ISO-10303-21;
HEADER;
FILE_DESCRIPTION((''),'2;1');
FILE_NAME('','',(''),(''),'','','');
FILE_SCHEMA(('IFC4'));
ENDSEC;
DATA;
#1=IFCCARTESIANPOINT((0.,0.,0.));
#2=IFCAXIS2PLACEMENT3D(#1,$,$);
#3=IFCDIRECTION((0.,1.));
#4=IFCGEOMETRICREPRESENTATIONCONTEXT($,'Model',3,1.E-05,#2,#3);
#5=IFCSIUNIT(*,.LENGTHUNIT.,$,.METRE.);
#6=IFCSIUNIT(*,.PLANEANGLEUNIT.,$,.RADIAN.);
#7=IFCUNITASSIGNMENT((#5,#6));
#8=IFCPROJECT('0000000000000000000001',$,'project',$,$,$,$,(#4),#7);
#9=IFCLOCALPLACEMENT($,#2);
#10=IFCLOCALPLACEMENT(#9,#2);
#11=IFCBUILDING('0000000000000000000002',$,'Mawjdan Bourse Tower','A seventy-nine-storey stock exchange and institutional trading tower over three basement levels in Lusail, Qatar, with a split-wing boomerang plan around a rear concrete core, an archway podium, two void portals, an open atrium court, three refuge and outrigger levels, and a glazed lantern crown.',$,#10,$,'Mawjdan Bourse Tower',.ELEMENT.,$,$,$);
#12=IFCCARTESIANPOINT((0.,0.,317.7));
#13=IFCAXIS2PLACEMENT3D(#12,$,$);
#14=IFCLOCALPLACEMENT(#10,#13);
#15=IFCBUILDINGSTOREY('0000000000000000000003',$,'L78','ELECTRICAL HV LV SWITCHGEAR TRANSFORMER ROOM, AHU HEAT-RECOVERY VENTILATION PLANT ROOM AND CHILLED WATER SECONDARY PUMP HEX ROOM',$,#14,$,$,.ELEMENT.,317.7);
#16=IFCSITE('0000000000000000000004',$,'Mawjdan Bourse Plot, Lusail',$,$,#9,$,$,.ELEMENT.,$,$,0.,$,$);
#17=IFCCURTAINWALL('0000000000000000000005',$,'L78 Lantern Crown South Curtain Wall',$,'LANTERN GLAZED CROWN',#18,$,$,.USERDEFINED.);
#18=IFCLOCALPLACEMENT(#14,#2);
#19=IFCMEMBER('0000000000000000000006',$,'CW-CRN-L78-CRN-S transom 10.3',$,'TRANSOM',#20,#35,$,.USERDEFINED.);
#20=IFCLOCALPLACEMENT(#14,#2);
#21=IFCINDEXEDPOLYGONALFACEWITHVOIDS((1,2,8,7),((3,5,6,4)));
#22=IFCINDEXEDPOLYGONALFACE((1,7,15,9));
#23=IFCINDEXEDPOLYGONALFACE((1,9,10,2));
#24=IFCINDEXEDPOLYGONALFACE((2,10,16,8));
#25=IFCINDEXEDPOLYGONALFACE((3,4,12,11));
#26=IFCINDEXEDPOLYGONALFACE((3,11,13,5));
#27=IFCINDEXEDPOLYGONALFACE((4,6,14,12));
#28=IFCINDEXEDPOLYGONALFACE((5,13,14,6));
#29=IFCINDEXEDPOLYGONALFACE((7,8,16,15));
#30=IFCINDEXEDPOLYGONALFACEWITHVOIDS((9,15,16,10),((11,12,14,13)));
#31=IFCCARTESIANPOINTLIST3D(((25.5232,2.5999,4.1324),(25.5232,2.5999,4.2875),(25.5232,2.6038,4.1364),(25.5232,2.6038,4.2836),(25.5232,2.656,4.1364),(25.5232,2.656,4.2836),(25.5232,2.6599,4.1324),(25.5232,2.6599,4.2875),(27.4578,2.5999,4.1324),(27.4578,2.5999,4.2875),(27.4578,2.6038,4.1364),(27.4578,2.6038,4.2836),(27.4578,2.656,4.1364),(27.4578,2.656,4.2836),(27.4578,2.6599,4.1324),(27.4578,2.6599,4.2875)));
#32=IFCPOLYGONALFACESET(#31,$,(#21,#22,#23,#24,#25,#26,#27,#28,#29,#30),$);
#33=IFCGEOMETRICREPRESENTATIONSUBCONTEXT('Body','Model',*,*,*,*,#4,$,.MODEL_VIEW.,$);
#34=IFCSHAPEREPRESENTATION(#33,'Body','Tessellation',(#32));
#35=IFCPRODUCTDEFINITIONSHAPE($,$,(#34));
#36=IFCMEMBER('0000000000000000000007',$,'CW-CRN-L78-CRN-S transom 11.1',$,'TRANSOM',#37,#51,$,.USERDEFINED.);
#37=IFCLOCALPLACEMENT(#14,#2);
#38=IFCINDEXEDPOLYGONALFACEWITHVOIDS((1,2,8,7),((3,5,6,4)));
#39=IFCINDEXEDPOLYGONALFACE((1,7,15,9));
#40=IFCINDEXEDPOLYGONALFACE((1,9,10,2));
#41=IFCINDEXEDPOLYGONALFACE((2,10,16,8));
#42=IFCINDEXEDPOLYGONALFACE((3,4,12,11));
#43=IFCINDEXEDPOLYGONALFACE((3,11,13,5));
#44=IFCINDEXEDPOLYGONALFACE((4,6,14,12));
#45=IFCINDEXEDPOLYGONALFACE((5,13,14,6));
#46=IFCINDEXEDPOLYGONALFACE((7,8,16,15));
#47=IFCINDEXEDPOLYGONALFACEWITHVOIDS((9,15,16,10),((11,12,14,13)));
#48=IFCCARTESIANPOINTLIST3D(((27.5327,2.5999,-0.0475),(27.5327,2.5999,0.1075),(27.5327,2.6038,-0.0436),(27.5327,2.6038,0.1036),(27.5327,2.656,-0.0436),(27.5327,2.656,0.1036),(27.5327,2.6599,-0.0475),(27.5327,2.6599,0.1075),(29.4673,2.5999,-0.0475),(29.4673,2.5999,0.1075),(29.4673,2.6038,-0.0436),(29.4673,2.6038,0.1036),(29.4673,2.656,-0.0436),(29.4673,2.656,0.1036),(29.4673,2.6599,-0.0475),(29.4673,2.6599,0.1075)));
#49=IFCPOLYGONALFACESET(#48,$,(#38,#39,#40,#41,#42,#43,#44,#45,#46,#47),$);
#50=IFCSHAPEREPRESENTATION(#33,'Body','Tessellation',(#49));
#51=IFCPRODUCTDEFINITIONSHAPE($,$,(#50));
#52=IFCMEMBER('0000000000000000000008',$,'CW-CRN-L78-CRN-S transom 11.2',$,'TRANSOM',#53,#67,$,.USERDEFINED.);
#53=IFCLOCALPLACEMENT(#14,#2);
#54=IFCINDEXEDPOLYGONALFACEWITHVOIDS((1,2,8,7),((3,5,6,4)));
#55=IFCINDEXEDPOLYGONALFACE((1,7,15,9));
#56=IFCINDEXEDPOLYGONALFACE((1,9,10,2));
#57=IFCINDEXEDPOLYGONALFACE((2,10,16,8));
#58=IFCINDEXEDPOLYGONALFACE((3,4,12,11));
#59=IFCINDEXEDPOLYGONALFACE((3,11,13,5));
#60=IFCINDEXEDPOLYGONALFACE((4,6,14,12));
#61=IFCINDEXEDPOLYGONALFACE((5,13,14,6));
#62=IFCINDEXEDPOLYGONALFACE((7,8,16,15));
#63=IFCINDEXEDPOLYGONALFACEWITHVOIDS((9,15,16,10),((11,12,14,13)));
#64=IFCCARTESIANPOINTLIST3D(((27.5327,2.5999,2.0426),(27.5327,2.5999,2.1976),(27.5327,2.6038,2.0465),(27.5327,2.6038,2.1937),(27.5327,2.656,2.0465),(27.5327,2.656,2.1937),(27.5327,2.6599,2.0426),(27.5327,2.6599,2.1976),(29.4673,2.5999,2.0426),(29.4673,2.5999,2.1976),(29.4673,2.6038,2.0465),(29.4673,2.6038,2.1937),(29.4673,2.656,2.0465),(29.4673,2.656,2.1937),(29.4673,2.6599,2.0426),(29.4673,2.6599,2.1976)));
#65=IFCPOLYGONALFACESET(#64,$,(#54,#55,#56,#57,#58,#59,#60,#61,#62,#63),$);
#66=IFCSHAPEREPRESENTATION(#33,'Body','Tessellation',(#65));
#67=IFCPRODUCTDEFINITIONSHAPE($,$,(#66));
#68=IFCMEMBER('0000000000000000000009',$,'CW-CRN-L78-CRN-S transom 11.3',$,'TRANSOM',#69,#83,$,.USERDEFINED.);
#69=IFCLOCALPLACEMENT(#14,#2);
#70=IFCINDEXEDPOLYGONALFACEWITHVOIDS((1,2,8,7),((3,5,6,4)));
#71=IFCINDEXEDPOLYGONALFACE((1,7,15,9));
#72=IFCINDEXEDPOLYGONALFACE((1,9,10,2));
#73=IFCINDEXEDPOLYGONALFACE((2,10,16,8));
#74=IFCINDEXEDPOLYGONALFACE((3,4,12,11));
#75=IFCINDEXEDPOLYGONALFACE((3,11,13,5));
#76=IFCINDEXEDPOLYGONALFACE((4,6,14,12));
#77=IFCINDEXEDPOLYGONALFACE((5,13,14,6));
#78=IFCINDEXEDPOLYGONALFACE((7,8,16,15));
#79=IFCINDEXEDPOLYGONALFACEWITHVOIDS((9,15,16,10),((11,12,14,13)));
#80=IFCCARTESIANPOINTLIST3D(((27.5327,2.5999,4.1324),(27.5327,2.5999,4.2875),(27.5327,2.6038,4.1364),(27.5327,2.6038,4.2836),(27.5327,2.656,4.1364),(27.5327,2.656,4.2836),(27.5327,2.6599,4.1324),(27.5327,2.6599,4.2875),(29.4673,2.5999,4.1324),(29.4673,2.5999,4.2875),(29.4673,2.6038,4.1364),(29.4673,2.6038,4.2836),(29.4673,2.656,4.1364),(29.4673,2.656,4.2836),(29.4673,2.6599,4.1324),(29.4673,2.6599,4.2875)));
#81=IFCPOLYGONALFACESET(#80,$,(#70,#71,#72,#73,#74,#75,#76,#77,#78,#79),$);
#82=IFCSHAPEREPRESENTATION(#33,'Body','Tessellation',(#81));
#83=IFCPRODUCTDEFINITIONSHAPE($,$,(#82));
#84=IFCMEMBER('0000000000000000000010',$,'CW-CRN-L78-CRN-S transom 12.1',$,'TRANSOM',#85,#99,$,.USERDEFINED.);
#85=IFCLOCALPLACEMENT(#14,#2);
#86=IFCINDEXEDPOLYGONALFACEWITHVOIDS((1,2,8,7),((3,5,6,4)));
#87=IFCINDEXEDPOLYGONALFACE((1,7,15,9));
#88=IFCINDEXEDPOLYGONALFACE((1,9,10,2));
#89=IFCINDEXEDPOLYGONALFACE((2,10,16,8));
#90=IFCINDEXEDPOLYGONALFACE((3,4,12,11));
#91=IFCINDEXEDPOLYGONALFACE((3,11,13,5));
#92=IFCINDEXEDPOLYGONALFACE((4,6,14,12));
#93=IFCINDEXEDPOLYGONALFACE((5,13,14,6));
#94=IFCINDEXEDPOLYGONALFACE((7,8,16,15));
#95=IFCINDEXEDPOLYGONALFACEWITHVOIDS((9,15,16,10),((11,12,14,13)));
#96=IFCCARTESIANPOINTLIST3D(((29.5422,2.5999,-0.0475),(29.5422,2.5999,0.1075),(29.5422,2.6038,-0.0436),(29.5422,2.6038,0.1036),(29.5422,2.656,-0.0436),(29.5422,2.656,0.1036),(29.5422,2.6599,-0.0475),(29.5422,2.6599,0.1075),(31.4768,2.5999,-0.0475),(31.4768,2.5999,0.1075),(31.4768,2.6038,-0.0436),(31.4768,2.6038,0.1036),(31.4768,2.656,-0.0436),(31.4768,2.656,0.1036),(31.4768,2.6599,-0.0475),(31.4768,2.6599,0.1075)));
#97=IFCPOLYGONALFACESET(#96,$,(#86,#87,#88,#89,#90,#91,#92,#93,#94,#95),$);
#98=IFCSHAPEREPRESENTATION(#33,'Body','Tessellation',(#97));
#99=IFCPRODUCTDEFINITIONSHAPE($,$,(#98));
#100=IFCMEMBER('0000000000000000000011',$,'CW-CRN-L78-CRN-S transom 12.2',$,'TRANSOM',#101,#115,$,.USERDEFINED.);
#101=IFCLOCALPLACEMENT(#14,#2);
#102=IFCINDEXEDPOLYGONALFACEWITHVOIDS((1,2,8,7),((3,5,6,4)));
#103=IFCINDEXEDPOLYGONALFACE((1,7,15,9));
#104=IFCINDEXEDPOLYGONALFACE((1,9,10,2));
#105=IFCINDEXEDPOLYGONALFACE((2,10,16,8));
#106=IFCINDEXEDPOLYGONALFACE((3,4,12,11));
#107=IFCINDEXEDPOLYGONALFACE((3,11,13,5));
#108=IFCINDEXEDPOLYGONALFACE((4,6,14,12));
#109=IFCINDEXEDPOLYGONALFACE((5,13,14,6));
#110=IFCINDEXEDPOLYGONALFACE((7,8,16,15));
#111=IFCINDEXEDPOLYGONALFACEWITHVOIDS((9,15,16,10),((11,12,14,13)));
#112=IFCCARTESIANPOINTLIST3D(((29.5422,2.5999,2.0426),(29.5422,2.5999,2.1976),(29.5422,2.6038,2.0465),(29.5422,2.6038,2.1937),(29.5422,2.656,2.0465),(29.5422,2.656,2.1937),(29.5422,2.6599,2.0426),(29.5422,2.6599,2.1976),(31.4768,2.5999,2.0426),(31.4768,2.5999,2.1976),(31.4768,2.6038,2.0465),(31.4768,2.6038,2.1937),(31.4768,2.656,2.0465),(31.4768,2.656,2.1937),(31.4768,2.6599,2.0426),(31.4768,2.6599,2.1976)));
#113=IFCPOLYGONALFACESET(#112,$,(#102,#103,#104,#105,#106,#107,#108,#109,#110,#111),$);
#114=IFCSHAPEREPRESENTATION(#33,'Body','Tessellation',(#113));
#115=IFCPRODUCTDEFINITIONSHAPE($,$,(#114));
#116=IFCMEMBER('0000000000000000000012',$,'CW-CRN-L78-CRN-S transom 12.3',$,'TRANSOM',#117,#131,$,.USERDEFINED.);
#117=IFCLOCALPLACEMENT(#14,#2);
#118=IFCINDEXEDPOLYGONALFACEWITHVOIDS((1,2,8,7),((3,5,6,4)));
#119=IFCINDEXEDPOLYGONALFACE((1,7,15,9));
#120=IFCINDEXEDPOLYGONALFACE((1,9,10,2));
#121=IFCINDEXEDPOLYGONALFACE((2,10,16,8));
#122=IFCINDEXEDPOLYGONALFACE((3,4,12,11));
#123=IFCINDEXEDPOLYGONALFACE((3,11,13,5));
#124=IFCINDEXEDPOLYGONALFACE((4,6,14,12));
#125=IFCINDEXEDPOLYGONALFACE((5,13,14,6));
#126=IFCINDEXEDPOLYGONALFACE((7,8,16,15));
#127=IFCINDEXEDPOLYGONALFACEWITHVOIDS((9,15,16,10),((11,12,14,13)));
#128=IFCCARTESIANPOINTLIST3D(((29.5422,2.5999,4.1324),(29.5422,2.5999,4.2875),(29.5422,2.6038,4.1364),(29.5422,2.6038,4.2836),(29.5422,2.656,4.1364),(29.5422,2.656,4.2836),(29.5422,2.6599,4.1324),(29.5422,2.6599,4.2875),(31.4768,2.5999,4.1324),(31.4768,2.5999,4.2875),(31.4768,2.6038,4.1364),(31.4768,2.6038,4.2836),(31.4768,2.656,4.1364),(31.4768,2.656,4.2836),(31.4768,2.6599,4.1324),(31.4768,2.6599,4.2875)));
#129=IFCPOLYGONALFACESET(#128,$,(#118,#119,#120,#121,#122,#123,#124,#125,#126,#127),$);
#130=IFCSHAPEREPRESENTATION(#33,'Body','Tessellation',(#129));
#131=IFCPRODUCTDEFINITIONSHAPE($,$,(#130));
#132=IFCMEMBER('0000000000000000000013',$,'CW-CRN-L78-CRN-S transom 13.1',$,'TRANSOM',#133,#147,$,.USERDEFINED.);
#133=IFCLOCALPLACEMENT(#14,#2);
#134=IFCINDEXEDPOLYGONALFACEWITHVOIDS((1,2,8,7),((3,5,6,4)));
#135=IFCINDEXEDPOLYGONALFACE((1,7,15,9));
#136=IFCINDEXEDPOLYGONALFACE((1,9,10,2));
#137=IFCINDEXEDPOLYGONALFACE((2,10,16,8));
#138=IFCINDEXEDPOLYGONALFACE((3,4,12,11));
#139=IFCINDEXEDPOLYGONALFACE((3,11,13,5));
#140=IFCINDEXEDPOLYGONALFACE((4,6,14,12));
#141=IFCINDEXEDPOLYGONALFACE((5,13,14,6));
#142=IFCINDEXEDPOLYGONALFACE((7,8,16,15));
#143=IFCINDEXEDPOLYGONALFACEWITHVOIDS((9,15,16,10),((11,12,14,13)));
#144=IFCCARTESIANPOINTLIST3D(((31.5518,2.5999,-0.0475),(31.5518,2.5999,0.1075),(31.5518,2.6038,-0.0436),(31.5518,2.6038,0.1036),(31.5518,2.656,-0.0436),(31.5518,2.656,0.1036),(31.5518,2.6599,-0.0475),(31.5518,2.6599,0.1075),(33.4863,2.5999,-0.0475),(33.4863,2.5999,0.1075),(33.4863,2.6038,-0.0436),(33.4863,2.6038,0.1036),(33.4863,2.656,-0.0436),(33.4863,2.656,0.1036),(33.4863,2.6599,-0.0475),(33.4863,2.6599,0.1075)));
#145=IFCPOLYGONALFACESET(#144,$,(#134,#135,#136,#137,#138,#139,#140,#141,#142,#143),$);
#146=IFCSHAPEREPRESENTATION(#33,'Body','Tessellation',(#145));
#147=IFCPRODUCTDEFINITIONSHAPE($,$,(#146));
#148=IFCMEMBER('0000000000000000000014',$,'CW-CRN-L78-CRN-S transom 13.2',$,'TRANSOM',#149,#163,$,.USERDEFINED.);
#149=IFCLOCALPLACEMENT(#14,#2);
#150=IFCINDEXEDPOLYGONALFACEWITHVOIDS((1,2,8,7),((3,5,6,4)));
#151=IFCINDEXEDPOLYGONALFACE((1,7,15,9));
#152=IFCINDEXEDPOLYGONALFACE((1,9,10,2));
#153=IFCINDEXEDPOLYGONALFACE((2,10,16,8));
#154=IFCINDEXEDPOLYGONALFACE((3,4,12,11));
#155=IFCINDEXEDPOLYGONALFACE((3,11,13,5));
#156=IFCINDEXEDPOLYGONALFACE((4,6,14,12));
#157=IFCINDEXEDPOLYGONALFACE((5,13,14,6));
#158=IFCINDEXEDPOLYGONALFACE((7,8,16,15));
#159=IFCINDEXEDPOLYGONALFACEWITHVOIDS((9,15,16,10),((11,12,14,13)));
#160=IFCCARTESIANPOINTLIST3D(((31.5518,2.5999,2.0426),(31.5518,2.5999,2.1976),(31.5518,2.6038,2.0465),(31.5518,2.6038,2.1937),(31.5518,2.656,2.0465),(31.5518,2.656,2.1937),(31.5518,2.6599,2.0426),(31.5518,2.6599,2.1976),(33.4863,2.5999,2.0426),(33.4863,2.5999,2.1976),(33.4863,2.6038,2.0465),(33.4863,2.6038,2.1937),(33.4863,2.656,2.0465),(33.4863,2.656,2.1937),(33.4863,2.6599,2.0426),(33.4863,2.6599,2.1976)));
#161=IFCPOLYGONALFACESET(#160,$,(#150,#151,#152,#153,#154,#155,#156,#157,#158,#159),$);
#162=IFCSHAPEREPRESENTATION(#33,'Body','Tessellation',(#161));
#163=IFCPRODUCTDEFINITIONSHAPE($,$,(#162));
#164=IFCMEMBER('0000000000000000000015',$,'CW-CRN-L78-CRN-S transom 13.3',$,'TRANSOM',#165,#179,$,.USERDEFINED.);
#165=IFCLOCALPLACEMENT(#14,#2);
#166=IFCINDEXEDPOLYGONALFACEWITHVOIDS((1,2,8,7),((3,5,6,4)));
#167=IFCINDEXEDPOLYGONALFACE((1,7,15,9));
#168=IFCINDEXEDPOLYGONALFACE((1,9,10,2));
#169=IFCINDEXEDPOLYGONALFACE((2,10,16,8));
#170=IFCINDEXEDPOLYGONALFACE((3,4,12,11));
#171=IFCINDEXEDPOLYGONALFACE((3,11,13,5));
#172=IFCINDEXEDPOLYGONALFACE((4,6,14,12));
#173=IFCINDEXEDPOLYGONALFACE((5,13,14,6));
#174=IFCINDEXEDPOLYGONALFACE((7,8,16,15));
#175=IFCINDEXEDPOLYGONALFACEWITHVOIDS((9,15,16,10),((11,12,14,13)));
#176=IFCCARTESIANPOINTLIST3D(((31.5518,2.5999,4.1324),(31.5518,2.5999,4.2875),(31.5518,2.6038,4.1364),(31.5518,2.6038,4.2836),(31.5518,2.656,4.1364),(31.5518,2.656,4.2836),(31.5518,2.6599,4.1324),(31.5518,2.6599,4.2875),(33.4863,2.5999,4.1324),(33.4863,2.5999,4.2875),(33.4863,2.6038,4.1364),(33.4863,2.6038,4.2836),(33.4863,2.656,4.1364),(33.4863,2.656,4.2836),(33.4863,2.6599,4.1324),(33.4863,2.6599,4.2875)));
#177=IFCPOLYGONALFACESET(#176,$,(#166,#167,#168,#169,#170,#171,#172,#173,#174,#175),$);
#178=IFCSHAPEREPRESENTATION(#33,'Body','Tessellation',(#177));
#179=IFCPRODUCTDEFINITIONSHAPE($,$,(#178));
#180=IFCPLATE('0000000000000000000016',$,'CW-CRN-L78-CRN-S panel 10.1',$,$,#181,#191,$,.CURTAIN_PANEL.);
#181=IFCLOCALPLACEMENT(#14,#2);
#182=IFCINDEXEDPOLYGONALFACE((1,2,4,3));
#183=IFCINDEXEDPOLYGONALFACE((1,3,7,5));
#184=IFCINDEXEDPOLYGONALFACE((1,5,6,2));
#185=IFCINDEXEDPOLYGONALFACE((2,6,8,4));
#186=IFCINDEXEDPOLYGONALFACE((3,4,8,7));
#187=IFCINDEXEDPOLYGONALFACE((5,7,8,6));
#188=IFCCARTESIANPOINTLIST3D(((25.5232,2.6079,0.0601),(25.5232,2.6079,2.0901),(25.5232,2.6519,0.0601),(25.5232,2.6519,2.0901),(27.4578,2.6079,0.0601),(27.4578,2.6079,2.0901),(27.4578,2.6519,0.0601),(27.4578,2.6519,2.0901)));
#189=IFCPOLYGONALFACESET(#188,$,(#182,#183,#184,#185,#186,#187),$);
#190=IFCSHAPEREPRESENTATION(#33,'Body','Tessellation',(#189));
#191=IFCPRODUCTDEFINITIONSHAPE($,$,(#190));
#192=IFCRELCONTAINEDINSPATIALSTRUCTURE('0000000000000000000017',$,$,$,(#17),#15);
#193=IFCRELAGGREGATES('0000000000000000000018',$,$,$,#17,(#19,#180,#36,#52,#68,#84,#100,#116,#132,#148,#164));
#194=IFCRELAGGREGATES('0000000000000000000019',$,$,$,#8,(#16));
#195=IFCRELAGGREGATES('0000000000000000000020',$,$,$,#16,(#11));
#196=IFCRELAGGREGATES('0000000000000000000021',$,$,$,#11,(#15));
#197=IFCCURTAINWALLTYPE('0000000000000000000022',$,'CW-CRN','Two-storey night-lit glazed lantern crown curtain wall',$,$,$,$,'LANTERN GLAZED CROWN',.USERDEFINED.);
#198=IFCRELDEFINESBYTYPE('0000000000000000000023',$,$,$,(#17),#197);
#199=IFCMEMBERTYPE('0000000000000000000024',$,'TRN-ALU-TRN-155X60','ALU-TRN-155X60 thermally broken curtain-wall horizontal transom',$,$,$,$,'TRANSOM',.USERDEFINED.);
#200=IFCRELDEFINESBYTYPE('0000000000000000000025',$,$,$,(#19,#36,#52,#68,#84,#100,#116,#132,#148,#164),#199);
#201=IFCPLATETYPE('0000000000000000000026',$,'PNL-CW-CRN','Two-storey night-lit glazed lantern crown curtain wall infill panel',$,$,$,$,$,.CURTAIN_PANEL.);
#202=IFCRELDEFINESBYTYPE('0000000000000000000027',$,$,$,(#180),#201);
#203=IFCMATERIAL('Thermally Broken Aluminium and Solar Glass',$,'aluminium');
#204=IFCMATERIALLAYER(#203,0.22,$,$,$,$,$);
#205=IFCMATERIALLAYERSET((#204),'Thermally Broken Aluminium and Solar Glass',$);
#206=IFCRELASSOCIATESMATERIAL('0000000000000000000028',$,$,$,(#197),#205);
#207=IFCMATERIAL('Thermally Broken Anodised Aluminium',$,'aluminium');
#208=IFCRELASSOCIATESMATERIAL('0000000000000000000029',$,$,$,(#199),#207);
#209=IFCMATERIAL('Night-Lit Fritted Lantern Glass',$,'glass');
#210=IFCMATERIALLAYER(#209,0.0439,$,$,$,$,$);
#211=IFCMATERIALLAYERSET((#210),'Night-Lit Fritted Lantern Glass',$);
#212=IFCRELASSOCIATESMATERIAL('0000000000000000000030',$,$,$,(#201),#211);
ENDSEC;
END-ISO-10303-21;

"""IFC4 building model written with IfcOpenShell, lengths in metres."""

from ifc_helpers import new_model, si_unit, direction, frame, origin, origin_2d, place, context, subcontext, project, spatial, rectangle, hollow_rectangle, extrude, material, layer, layer_set, material_profile, profile_set, type_object, element, aggregate, save


model = new_model("IFC4")

# Units and contexts
model_context = context("Model", 3, precision=1e-05, world=origin(), true_north=direction((0.0, 1.0)))
body_context = subcontext(model_context, "Body", "Model", "MODEL_VIEW")
ifc_project = project(units=[si_unit("LENGTHUNIT", "METRE"), si_unit("PLANEANGLEUNIT", "RADIAN")], contexts=[model_context])

# Site, building, storey
site_placement = place(None, origin())
site = spatial("IfcSite", under=ifc_project, at=site_placement, Name="Mawjdan Bourse Plot, Lusail", CompositionType="ELEMENT", RefElevation=0.0)
building_placement = place(site_placement, origin())
building = spatial("IfcBuilding", under=site, at=building_placement, Name="Mawjdan Bourse Tower", Description="A seventy-nine-storey stock exchange and institutional trading tower over three basement levels in Lusail, Qatar, with a split-wing boomerang plan around a rear concrete core, an archway podium, two void portals, an open atrium court, three refuge and outrigger levels, and a glazed lantern crown.", LongName="Mawjdan Bourse Tower", CompositionType="ELEMENT")
storey_placement = place(building_placement, frame((0.0, 0.0, 317.7)))
storey = spatial("IfcBuildingStorey", under=building, at=storey_placement, Name="L78", Description="ELECTRICAL HV LV SWITCHGEAR TRANSFORMER ROOM, AHU HEAT-RECOVERY VENTILATION PLANT ROOM AND CHILLED WATER SECONDARY PUMP HEX ROOM", CompositionType="ELEMENT", Elevation=317.7)

# Curtain wall
ifc_material_1 = material(Name="Thermally Broken Aluminium and Solar Glass", Category="aluminium")
ifc_layer_1 = layer(ifc_material_1, 0.22)
ifc_layer_set_1 = layer_set([ifc_layer_1], Name="Thermally Broken Aluminium and Solar Glass")
curtain_wall_type = type_object("IfcCurtainWallType", Name="CW-CRN", Description="Two-storey night-lit glazed lantern crown curtain wall", ElementType="LANTERN GLAZED CROWN", PredefinedType="USERDEFINED", material=ifc_layer_set_1)
curtain_wall_placement = place(storey_placement, origin())
curtain_wall = element("IfcCurtainWall", 1, at=curtain_wall_placement, inside=storey, type_object=curtain_wall_type, Name="L78 Lantern Crown South Curtain Wall", ObjectType="LANTERN GLAZED CROWN", PredefinedType="USERDEFINED")
ifc_material_2 = material(Name="Thermally Broken Anodised Aluminium", Category="aluminium")

# Members
ifc_material_profile_1 = material_profile(ifc_material_2, hollow_rectangle(XDim=0.0601, YDim=0.155, WallThickness=0.0039, at=origin_2d()), Name="ALU-TRN-155X60")
ifc_profile_set_1 = profile_set([ifc_material_profile_1], Name="Thermally Broken Anodised Aluminium")
member_type_1 = type_object("IfcMemberType", Name="TRN-ALU-TRN-155X60", Description="ALU-TRN-155X60 thermally broken curtain-wall horizontal transom", ElementType="TRANSOM", PredefinedType="USERDEFINED", material=ifc_profile_set_1)
member_1_placement = place(storey_placement, frame((25.5232, 2.6299, 4.21), z_axis=(1.0, 0.0, 0.0), x_axis=(0.0, 1.0, 0.0)))
member_1 = element("IfcMember", 2, at=member_1_placement, type_object=member_type_1, Name="CW-CRN-L78-CRN-S transom 10.3", ObjectType="TRANSOM", PredefinedType="USERDEFINED", context=body_context, shape_type="SweptSolid", body=[
    extrude(hollow_rectangle(XDim=0.0601, YDim=0.155, WallThickness=0.0039, at=origin_2d()), origin(), (0.0, 0.0, 1.0), 1.9346),
])
member_2_placement = place(storey_placement, frame((27.5327, 2.6299, 0.03), z_axis=(1.0, 0.0, 0.0), x_axis=(0.0, 1.0, 0.0)))
member_2 = element("IfcMember", 3, at=member_2_placement, type_object=member_type_1, Name="CW-CRN-L78-CRN-S transom 11.1", ObjectType="TRANSOM", PredefinedType="USERDEFINED", context=body_context, shape_type="SweptSolid", body=[
    extrude(hollow_rectangle(XDim=0.0601, YDim=0.155, WallThickness=0.0039, at=origin_2d()), origin(), (0.0, 0.0, 1.0), 1.9346),
])
member_3_placement = place(storey_placement, frame((27.5327, 2.6299, 2.1201), z_axis=(1.0, 0.0, 0.0), x_axis=(0.0, 1.0, 0.0)))
member_3 = element("IfcMember", 4, at=member_3_placement, type_object=member_type_1, Name="CW-CRN-L78-CRN-S transom 11.2", ObjectType="TRANSOM", PredefinedType="USERDEFINED", context=body_context, shape_type="SweptSolid", body=[
    extrude(hollow_rectangle(XDim=0.0601, YDim=0.155, WallThickness=0.0039, at=origin_2d()), origin(), (0.0, 0.0, 1.0), 1.9346),
])
member_4_placement = place(storey_placement, frame((27.5327, 2.6299, 4.21), z_axis=(1.0, 0.0, 0.0), x_axis=(0.0, 1.0, 0.0)))
member_4 = element("IfcMember", 5, at=member_4_placement, type_object=member_type_1, Name="CW-CRN-L78-CRN-S transom 11.3", ObjectType="TRANSOM", PredefinedType="USERDEFINED", context=body_context, shape_type="SweptSolid", body=[
    extrude(hollow_rectangle(XDim=0.0601, YDim=0.155, WallThickness=0.0039, at=origin_2d()), origin(), (0.0, 0.0, 1.0), 1.9346),
])
member_5_placement = place(storey_placement, frame((29.5422, 2.6299, 0.03), z_axis=(1.0, 0.0, 0.0), x_axis=(0.0, 1.0, 0.0)))
member_5 = element("IfcMember", 6, at=member_5_placement, type_object=member_type_1, Name="CW-CRN-L78-CRN-S transom 12.1", ObjectType="TRANSOM", PredefinedType="USERDEFINED", context=body_context, shape_type="SweptSolid", body=[
    extrude(hollow_rectangle(XDim=0.0601, YDim=0.155, WallThickness=0.0039, at=origin_2d()), origin(), (0.0, 0.0, 1.0), 1.9346),
])
member_6_placement = place(storey_placement, frame((29.5422, 2.6299, 2.1201), z_axis=(1.0, 0.0, 0.0), x_axis=(0.0, 1.0, 0.0)))
member_6 = element("IfcMember", 7, at=member_6_placement, type_object=member_type_1, Name="CW-CRN-L78-CRN-S transom 12.2", ObjectType="TRANSOM", PredefinedType="USERDEFINED", context=body_context, shape_type="SweptSolid", body=[
    extrude(hollow_rectangle(XDim=0.0601, YDim=0.155, WallThickness=0.0039, at=origin_2d()), origin(), (0.0, 0.0, 1.0), 1.9346),
])
member_7_placement = place(storey_placement, frame((29.5422, 2.6299, 4.21), z_axis=(1.0, 0.0, 0.0), x_axis=(0.0, 1.0, 0.0)))
member_7 = element("IfcMember", 8, at=member_7_placement, type_object=member_type_1, Name="CW-CRN-L78-CRN-S transom 12.3", ObjectType="TRANSOM", PredefinedType="USERDEFINED", context=body_context, shape_type="SweptSolid", body=[
    extrude(hollow_rectangle(XDim=0.0601, YDim=0.155, WallThickness=0.0039, at=origin_2d()), origin(), (0.0, 0.0, 1.0), 1.9346),
])
member_8_placement = place(storey_placement, frame((31.5518, 2.6299, 0.03), z_axis=(1.0, 0.0, 0.0), x_axis=(0.0, 1.0, 0.0)))
member_8 = element("IfcMember", 9, at=member_8_placement, type_object=member_type_1, Name="CW-CRN-L78-CRN-S transom 13.1", ObjectType="TRANSOM", PredefinedType="USERDEFINED", context=body_context, shape_type="SweptSolid", body=[
    extrude(hollow_rectangle(XDim=0.0601, YDim=0.155, WallThickness=0.0039, at=origin_2d()), origin(), (0.0, 0.0, 1.0), 1.9346),
])
member_9_placement = place(storey_placement, frame((31.5518, 2.6299, 2.1201), z_axis=(1.0, 0.0, 0.0), x_axis=(0.0, 1.0, 0.0)))
member_9 = element("IfcMember", 10, at=member_9_placement, type_object=member_type_1, Name="CW-CRN-L78-CRN-S transom 13.2", ObjectType="TRANSOM", PredefinedType="USERDEFINED", context=body_context, shape_type="SweptSolid", body=[
    extrude(hollow_rectangle(XDim=0.0601, YDim=0.155, WallThickness=0.0039, at=origin_2d()), origin(), (0.0, 0.0, 1.0), 1.9346),
])
member_10_placement = place(storey_placement, frame((31.5518, 2.6299, 4.21), z_axis=(1.0, 0.0, 0.0), x_axis=(0.0, 1.0, 0.0)))
member_10 = element("IfcMember", 11, at=member_10_placement, type_object=member_type_1, Name="CW-CRN-L78-CRN-S transom 13.3", ObjectType="TRANSOM", PredefinedType="USERDEFINED", context=body_context, shape_type="SweptSolid", body=[
    extrude(hollow_rectangle(XDim=0.0601, YDim=0.155, WallThickness=0.0039, at=origin_2d()), origin(), (0.0, 0.0, 1.0), 1.9346),
])

# Plate
ifc_material_3 = material(Name="Night-Lit Fritted Lantern Glass", Category="glass")
ifc_layer_2 = layer(ifc_material_3, 0.0439)
ifc_layer_set_2 = layer_set([ifc_layer_2], Name="Night-Lit Fritted Lantern Glass")
plate_type = type_object("IfcPlateType", Name="PNL-CW-CRN", Description="Two-storey night-lit glazed lantern crown curtain wall infill panel", PredefinedType="CURTAIN_PANEL", material=ifc_layer_set_2)
plate_1_placement = place(storey_placement, frame((26.4905, 2.6299, 0.0601), z_axis=(0.0, 0.0, 1.0), x_axis=(1.0, 0.0, 0.0)))
plate_1 = element("IfcPlate", 12, at=plate_1_placement, type_object=plate_type, Name="CW-CRN-L78-CRN-S panel 10.1", PredefinedType="CURTAIN_PANEL", context=body_context, shape_type="SweptSolid", body=[
    extrude(rectangle(XDim=1.9346, YDim=0.0439, at=origin_2d()), origin(), (0.0, 0.0, 1.0), 2.03),
])
aggregate(curtain_wall, [member_1, plate_1, member_2, member_3, member_4, member_5, member_6, member_7, member_8, member_9, member_10])

save(model, "model.ifc")
